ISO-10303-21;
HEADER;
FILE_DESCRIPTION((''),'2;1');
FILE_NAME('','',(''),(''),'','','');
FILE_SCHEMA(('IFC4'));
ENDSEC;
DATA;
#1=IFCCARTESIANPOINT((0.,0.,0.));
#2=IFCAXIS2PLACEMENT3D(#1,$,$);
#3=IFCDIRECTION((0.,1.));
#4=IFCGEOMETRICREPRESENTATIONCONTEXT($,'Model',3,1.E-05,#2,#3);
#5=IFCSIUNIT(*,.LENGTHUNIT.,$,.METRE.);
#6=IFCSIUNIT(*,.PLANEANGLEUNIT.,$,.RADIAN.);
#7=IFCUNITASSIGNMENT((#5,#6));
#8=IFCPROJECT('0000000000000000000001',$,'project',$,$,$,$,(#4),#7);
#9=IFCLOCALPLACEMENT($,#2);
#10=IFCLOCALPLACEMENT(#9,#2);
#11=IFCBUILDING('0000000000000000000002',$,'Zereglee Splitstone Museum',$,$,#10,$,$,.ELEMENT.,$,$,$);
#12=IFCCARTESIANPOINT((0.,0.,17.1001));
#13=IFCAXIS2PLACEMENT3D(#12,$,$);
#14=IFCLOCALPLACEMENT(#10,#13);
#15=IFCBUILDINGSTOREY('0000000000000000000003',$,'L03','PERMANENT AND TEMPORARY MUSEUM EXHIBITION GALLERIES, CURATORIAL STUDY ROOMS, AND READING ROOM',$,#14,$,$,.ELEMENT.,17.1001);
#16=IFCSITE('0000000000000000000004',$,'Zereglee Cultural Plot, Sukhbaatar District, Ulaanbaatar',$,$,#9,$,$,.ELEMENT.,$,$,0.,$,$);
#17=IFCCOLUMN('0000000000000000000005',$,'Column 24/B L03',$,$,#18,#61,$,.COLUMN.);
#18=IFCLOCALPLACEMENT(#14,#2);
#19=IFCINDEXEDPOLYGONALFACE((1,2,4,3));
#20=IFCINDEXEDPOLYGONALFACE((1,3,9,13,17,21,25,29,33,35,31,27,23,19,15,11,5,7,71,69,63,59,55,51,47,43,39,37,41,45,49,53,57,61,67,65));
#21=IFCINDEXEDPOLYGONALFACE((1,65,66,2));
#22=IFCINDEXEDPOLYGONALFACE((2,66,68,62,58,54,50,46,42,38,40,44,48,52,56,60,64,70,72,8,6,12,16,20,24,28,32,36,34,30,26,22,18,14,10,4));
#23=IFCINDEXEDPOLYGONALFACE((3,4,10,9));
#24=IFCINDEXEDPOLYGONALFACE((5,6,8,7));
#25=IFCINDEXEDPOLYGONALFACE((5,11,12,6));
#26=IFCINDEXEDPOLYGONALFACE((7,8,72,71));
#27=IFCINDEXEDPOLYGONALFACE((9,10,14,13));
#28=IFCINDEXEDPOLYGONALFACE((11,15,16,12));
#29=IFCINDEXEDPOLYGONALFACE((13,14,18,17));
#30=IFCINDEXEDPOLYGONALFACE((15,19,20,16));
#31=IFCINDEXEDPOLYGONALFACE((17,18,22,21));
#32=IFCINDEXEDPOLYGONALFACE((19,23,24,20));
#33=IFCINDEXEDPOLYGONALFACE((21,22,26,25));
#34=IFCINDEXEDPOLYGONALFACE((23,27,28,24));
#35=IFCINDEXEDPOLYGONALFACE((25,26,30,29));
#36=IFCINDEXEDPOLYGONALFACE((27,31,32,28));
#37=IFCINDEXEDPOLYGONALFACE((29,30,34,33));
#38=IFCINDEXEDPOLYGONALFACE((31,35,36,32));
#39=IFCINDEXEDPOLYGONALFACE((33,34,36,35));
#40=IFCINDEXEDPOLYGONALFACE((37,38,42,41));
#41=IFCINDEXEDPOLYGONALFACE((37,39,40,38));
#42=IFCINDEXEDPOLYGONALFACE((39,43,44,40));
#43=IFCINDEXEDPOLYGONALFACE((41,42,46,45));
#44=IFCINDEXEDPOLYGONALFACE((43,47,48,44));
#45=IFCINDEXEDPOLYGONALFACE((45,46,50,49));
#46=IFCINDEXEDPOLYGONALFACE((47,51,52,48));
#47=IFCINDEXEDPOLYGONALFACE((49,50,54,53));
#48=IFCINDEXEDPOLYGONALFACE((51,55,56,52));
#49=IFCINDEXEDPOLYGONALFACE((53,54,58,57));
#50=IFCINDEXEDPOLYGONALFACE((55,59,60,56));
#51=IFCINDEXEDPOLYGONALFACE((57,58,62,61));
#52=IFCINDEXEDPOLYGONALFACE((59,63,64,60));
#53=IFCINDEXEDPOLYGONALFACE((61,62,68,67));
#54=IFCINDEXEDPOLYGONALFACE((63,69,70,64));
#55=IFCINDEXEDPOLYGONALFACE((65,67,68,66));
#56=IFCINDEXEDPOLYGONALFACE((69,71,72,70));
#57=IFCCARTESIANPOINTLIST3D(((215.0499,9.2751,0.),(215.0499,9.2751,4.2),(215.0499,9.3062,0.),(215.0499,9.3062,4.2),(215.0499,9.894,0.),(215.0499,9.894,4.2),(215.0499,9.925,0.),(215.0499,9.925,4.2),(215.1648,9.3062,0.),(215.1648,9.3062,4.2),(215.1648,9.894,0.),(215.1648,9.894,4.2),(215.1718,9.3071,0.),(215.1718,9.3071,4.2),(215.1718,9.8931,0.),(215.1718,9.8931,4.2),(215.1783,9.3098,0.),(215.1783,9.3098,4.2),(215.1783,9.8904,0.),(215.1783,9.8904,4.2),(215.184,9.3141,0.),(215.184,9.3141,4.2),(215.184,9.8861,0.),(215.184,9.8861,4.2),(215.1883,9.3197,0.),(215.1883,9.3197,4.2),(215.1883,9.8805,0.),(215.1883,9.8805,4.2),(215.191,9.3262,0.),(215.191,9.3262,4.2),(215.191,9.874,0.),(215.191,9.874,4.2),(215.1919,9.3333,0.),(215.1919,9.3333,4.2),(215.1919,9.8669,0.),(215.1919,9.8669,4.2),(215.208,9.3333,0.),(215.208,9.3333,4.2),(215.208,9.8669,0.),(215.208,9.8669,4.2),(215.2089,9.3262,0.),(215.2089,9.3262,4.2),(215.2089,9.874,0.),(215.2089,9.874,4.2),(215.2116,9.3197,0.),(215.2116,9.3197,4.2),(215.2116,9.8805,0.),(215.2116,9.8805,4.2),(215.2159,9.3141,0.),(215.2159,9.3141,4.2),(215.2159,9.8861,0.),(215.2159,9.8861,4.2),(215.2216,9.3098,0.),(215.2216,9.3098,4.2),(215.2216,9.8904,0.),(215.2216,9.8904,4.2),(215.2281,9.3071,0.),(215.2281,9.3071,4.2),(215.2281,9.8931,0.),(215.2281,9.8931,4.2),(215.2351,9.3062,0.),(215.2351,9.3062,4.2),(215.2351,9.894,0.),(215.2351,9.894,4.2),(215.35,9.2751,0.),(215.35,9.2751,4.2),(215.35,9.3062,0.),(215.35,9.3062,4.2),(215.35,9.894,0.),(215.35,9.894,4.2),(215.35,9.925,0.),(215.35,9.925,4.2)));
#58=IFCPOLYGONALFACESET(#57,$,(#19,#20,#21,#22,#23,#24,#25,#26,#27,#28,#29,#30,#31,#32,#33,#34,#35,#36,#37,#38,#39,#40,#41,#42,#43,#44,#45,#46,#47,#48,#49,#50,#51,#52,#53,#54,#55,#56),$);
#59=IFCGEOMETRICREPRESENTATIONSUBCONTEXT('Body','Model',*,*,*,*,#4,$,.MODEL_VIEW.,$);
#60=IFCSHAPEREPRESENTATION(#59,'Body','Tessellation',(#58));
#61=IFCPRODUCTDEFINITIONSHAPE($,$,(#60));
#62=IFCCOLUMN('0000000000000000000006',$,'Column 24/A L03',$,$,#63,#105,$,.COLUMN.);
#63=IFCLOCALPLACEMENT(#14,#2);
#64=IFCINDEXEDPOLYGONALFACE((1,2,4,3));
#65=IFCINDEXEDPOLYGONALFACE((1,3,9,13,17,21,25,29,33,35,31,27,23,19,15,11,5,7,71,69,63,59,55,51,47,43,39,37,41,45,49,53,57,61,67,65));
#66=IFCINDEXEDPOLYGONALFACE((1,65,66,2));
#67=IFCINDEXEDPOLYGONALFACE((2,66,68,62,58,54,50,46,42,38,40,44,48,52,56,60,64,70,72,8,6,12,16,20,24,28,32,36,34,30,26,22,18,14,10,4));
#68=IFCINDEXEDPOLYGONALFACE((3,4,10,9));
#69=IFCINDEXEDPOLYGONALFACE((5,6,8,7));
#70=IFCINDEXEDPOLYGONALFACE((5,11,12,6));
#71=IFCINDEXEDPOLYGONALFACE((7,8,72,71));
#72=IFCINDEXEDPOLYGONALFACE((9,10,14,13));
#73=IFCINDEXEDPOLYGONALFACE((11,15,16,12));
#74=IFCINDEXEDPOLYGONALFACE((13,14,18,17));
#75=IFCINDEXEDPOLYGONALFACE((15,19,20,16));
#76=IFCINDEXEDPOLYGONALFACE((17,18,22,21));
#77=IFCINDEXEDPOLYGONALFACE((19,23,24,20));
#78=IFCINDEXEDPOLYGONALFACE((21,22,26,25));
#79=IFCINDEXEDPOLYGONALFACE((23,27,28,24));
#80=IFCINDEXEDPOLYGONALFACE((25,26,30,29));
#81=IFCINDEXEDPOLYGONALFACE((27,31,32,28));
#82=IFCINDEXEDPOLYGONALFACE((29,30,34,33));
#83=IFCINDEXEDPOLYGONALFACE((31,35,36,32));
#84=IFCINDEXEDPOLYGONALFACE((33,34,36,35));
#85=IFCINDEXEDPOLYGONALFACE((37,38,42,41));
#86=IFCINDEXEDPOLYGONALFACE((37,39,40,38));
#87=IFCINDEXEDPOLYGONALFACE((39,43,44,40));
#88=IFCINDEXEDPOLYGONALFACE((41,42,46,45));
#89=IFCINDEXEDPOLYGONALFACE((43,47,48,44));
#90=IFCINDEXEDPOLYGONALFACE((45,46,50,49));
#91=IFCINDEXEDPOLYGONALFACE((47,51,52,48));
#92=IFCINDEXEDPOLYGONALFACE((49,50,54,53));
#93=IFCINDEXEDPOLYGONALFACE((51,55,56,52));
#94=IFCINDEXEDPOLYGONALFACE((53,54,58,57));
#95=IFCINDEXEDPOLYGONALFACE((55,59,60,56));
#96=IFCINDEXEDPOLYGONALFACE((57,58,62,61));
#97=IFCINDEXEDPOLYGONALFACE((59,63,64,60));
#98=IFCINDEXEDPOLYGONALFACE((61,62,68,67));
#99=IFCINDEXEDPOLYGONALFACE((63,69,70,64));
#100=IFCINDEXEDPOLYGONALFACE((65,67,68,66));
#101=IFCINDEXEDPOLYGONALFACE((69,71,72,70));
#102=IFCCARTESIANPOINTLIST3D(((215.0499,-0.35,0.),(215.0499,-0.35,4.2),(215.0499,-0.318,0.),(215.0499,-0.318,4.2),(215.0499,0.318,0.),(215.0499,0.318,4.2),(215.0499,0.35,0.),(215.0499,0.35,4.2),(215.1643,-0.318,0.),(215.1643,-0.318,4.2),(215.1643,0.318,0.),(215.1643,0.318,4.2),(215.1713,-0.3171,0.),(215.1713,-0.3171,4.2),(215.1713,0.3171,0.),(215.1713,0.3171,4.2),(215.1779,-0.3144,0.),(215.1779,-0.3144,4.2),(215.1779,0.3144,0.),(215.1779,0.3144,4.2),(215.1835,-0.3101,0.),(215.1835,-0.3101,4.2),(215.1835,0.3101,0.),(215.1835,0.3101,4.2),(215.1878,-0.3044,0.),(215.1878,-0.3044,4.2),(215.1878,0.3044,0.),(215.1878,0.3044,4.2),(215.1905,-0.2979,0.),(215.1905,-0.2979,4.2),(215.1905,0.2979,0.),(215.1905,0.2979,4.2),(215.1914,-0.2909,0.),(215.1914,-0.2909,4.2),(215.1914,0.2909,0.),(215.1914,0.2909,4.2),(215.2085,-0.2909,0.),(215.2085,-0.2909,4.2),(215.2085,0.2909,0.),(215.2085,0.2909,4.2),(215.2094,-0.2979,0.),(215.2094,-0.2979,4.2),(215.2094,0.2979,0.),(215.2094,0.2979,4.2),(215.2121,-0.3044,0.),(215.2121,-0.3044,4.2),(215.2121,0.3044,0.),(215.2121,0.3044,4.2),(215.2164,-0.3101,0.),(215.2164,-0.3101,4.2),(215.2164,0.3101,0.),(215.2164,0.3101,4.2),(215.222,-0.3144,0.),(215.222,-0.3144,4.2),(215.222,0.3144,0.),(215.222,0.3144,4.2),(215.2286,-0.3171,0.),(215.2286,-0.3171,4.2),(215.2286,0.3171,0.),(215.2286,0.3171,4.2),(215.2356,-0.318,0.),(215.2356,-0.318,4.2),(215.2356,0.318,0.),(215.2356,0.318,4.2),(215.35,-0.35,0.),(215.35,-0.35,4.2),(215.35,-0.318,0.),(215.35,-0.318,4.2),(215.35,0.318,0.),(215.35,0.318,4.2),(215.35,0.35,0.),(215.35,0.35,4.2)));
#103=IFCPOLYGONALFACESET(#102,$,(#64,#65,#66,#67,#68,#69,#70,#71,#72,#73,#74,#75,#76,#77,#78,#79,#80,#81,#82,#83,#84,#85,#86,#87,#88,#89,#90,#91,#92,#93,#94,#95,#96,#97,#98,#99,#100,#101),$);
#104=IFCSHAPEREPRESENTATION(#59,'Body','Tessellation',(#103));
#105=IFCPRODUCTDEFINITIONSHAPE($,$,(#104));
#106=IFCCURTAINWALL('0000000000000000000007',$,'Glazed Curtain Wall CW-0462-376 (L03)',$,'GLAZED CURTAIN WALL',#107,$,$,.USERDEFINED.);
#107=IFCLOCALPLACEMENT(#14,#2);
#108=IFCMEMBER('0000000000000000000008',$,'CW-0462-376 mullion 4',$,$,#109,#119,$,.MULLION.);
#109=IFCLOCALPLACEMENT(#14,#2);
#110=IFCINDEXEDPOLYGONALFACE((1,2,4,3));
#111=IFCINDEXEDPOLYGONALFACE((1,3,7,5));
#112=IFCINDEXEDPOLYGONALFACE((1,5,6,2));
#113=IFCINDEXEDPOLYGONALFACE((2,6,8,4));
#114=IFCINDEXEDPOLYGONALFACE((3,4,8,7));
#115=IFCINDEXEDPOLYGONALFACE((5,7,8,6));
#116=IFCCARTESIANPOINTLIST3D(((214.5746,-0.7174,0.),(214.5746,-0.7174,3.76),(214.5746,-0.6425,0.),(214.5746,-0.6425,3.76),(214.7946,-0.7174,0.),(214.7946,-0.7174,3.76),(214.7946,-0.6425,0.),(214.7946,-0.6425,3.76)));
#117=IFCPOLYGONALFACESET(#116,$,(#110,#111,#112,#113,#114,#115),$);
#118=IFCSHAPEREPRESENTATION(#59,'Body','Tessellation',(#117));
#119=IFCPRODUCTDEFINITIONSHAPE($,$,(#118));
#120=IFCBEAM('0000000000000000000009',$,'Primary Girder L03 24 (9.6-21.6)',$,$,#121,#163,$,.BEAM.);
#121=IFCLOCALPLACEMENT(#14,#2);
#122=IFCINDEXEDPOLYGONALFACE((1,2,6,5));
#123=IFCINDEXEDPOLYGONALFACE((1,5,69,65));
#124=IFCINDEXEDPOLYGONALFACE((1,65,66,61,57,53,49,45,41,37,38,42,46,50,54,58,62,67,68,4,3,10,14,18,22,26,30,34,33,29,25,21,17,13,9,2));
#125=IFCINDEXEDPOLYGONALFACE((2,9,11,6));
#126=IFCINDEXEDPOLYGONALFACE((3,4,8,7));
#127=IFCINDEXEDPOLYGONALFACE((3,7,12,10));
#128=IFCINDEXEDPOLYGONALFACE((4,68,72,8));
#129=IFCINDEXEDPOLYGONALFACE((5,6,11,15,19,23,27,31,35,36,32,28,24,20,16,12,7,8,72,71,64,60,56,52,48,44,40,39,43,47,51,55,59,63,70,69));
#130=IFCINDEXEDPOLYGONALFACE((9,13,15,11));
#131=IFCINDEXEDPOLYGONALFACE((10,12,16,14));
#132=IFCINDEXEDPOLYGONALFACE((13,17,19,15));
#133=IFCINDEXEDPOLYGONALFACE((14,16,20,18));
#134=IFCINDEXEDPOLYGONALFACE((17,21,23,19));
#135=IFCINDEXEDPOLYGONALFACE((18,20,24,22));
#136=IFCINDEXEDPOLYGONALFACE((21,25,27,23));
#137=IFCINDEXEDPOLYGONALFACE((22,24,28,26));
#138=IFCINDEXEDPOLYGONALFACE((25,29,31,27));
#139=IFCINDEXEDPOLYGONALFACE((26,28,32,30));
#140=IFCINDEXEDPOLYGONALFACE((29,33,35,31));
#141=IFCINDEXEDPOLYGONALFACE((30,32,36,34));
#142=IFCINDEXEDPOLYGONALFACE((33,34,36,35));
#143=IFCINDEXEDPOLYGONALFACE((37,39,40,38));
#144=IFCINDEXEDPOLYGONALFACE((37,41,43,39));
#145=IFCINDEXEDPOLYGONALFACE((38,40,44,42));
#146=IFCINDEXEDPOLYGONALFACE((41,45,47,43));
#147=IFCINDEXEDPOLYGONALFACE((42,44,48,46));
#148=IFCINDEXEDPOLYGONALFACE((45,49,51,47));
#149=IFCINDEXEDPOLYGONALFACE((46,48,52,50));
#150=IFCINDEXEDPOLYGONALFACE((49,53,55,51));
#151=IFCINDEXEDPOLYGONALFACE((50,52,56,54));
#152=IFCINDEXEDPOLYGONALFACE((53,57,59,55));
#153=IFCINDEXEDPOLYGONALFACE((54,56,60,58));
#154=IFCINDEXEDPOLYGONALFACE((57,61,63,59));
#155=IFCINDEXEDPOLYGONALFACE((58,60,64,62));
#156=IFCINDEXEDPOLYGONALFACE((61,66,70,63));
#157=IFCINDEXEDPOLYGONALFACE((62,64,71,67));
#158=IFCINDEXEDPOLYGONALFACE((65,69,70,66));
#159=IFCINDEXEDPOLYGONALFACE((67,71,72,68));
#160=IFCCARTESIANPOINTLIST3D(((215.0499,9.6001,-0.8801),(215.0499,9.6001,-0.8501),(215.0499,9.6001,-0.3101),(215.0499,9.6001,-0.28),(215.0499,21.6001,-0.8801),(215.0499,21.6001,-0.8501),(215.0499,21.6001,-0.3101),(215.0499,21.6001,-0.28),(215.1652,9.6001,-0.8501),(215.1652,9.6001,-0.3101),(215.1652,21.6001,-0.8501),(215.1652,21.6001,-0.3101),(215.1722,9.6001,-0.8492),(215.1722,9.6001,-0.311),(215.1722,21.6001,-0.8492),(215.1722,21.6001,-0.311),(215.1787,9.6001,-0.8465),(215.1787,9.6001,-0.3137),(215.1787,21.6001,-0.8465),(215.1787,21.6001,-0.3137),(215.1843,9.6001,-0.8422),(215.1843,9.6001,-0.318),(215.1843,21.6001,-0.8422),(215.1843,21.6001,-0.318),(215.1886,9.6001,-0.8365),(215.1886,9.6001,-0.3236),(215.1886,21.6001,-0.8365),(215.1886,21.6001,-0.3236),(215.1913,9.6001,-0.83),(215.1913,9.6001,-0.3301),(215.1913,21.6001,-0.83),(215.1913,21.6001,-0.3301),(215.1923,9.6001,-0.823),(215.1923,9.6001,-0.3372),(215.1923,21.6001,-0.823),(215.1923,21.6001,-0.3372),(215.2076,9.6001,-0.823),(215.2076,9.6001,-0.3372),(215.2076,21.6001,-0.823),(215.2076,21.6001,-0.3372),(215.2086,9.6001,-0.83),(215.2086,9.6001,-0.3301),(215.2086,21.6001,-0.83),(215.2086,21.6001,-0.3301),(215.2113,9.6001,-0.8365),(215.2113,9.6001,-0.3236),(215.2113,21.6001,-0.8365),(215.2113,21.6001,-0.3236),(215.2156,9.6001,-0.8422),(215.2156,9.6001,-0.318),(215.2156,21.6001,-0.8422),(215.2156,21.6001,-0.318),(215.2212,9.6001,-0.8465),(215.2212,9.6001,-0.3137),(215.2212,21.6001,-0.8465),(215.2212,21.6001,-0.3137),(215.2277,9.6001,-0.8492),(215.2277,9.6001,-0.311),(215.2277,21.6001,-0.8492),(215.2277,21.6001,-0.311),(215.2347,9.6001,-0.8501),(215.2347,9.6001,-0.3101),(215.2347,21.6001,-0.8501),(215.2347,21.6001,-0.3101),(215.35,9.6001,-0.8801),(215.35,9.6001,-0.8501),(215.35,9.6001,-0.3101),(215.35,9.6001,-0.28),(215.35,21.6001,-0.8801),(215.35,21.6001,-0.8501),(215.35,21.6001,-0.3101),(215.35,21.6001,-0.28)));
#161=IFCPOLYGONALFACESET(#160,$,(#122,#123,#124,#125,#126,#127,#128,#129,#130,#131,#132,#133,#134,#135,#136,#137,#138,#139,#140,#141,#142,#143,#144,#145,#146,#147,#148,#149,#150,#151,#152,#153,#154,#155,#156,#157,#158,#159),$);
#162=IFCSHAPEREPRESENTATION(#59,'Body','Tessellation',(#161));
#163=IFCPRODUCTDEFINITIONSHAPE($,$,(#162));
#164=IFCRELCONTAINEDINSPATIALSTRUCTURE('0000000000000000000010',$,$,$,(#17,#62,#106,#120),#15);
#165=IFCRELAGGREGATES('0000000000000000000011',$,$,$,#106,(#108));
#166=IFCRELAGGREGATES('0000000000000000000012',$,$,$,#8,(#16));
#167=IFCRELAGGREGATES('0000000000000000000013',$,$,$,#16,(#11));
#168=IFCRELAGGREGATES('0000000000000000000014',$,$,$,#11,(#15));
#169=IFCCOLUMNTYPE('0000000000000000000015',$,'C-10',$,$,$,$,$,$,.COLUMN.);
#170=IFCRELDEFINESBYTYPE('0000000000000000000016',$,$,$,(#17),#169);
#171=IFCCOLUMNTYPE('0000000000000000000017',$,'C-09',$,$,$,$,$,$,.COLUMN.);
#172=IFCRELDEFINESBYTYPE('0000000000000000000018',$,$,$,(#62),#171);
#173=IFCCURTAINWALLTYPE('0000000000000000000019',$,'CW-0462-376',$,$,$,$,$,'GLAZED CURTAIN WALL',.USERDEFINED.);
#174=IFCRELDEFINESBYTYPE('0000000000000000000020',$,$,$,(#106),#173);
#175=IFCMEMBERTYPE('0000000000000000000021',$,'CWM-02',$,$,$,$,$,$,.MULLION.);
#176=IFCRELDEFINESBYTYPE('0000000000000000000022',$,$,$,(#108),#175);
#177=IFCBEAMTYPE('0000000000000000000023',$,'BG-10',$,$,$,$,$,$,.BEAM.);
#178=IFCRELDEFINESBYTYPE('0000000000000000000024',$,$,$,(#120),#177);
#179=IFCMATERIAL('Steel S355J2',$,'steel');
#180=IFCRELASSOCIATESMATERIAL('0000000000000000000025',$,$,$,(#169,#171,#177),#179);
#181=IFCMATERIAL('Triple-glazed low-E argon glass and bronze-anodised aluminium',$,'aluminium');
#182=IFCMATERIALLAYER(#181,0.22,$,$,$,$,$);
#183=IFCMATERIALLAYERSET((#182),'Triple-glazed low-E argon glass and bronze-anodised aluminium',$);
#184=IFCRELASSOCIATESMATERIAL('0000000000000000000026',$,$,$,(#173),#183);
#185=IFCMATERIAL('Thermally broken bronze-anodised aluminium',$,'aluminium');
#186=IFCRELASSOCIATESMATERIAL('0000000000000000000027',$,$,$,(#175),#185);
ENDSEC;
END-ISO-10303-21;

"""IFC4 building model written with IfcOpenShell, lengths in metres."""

from ifc_helpers import new_model, si_unit, direction, frame, origin, origin_2d, place, context, subcontext, project, spatial, rectangle, i_section, extrude, material, layer, layer_set, material_profile, profile_set, type_object, element, aggregate, save


model = new_model("IFC4")

# Units and contexts
model_context = context("Model", 3, precision=1e-05, world=origin(), true_north=direction((0.0, 1.0)))
body_context = subcontext(model_context, "Body", "Model", "MODEL_VIEW")
ifc_project = project(units=[si_unit("LENGTHUNIT", "METRE"), si_unit("PLANEANGLEUNIT", "RADIAN")], contexts=[model_context])

# Site, building, storey
site_placement = place(None, origin())
site = spatial("IfcSite", under=ifc_project, at=site_placement, Name="Zereglee Cultural Plot, Sukhbaatar District, Ulaanbaatar", CompositionType="ELEMENT", RefElevation=0.0)
building_placement = place(site_placement, origin())
building = spatial("IfcBuilding", under=site, at=building_placement, Name="Zereglee Splitstone Museum", CompositionType="ELEMENT")
storey_placement = place(building_placement, frame((0.0, 0.0, 17.1001)))
storey = spatial("IfcBuildingStorey", under=building, at=storey_placement, Name="L03", Description="PERMANENT AND TEMPORARY MUSEUM EXHIBITION GALLERIES, CURATORIAL STUDY ROOMS, AND READING ROOM", CompositionType="ELEMENT", Elevation=17.1001)

# Columns
ifc_material_1 = material(Name="Steel S355J2", Category="steel")
ifc_material_profile_1 = material_profile(ifc_material_1, i_section(OverallWidth=0.3, OverallDepth=0.6499, WebThickness=0.0161, FlangeThickness=0.031, FilletRadius=0.0271, at=origin_2d()), Name="HE 650 B")
ifc_profile_set_1 = profile_set([ifc_material_profile_1], Name="Steel S355J2")
column_type_1 = type_object("IfcColumnType", Name="C-10", PredefinedType="COLUMN", material=ifc_profile_set_1)
column_1_placement = place(storey_placement, frame((215.2, 9.6001, 0.0), z_axis=(0.0, 0.0, 1.0), x_axis=(1.0, 0.0, 0.0)))
element("IfcColumn", 1, at=column_1_placement, inside=storey, type_object=column_type_1, Name="Column 24/B L03", PredefinedType="COLUMN", context=body_context, shape_type="SweptSolid", body=[
    extrude(i_section(OverallWidth=0.3, OverallDepth=0.6499, WebThickness=0.0161, FlangeThickness=0.031, FilletRadius=0.0271, at=origin_2d()), origin(), (0.0, 0.0, 1.0), 4.2),
])
ifc_material_profile_2 = material_profile(ifc_material_1, i_section(OverallWidth=0.3, OverallDepth=0.7, WebThickness=0.0171, FlangeThickness=0.032, FilletRadius=0.0271, at=origin_2d()), Name="HE 700 B")
ifc_profile_set_2 = profile_set([ifc_material_profile_2], Name="Steel S355J2")
column_type_2 = type_object("IfcColumnType", Name="C-09", PredefinedType="COLUMN", material=ifc_profile_set_2)
column_2_placement = place(storey_placement, frame((215.2, 0.0, 0.0), z_axis=(0.0, 0.0, 1.0), x_axis=(1.0, 0.0, 0.0)))
element("IfcColumn", 2, at=column_2_placement, inside=storey, type_object=column_type_2, Name="Column 24/A L03", PredefinedType="COLUMN", context=body_context, shape_type="SweptSolid", body=[
    extrude(i_section(OverallWidth=0.3, OverallDepth=0.7, WebThickness=0.0171, FlangeThickness=0.032, FilletRadius=0.0271, at=origin_2d()), origin(), (0.0, 0.0, 1.0), 4.2),
])

# Curtain wall, member
ifc_material_2 = material(Name="Triple-glazed low-E argon glass and bronze-anodised aluminium", Category="aluminium")
ifc_layer_1 = layer(ifc_material_2, 0.22)
ifc_layer_set_1 = layer_set([ifc_layer_1], Name="Triple-glazed low-E argon glass and bronze-anodised aluminium")
curtain_wall_type = type_object("IfcCurtainWallType", Name="CW-0462-376", ElementType="GLAZED CURTAIN WALL", PredefinedType="USERDEFINED", material=ifc_layer_set_1)
curtain_wall_placement = place(storey_placement, origin())
curtain_wall = element("IfcCurtainWall", 3, at=curtain_wall_placement, inside=storey, type_object=curtain_wall_type, Name="Glazed Curtain Wall CW-0462-376 (L03)", ObjectType="GLAZED CURTAIN WALL", PredefinedType="USERDEFINED")
ifc_material_3 = material(Name="Thermally broken bronze-anodised aluminium", Category="aluminium")
ifc_material_profile_3 = material_profile(ifc_material_3, rectangle(XDim=0.075, YDim=0.22, at=origin_2d()), Name="CW MULL 75x220")
ifc_profile_set_3 = profile_set([ifc_material_profile_3], Name="Thermally broken bronze-anodised aluminium")
member_type = type_object("IfcMemberType", Name="CWM-02", PredefinedType="MULLION", material=ifc_profile_set_3)
member_placement = place(storey_placement, frame((214.6846, -0.6799, 0.0), z_axis=(0.0, 0.0, 1.0), x_axis=(0.0, 1.0, 0.0)))
member = element("IfcMember", 4, at=member_placement, type_object=member_type, Name="CW-0462-376 mullion 4", PredefinedType="MULLION", context=body_context, shape_type="SweptSolid", body=[
    extrude(rectangle(XDim=0.075, YDim=0.22, at=origin_2d()), origin(), (0.0, 0.0, 1.0), 3.76),
])
aggregate(curtain_wall, [member])

# Beam
ifc_material_profile_4 = material_profile(ifc_material_1, i_section(OverallWidth=0.3, OverallDepth=0.6001, WebThickness=0.0154, FlangeThickness=0.03, FilletRadius=0.0271, at=origin_2d()), Name="HE 600 B")
ifc_profile_set_4 = profile_set([ifc_material_profile_4], Name="Steel S355J2")
beam_type_1 = type_object("IfcBeamType", Name="BG-10", PredefinedType="BEAM", material=ifc_profile_set_4)
beam_1_placement = place(storey_placement, frame((215.2, 9.6001, -0.5801), z_axis=(0.0, 1.0, 0.0), x_axis=(-1.0, 0.0, 0.0)))
element("IfcBeam", 5, at=beam_1_placement, inside=storey, type_object=beam_type_1, Name="Primary Girder L03 24 (9.6-21.6)", PredefinedType="BEAM", context=body_context, shape_type="SweptSolid", body=[
    extrude(i_section(OverallWidth=0.3, OverallDepth=0.6001, WebThickness=0.0154, FlangeThickness=0.03, FilletRadius=0.0271, at=origin_2d()), origin(), (0.0, 0.0, 1.0), 12.0),
])

save(model, "model.ifc")
